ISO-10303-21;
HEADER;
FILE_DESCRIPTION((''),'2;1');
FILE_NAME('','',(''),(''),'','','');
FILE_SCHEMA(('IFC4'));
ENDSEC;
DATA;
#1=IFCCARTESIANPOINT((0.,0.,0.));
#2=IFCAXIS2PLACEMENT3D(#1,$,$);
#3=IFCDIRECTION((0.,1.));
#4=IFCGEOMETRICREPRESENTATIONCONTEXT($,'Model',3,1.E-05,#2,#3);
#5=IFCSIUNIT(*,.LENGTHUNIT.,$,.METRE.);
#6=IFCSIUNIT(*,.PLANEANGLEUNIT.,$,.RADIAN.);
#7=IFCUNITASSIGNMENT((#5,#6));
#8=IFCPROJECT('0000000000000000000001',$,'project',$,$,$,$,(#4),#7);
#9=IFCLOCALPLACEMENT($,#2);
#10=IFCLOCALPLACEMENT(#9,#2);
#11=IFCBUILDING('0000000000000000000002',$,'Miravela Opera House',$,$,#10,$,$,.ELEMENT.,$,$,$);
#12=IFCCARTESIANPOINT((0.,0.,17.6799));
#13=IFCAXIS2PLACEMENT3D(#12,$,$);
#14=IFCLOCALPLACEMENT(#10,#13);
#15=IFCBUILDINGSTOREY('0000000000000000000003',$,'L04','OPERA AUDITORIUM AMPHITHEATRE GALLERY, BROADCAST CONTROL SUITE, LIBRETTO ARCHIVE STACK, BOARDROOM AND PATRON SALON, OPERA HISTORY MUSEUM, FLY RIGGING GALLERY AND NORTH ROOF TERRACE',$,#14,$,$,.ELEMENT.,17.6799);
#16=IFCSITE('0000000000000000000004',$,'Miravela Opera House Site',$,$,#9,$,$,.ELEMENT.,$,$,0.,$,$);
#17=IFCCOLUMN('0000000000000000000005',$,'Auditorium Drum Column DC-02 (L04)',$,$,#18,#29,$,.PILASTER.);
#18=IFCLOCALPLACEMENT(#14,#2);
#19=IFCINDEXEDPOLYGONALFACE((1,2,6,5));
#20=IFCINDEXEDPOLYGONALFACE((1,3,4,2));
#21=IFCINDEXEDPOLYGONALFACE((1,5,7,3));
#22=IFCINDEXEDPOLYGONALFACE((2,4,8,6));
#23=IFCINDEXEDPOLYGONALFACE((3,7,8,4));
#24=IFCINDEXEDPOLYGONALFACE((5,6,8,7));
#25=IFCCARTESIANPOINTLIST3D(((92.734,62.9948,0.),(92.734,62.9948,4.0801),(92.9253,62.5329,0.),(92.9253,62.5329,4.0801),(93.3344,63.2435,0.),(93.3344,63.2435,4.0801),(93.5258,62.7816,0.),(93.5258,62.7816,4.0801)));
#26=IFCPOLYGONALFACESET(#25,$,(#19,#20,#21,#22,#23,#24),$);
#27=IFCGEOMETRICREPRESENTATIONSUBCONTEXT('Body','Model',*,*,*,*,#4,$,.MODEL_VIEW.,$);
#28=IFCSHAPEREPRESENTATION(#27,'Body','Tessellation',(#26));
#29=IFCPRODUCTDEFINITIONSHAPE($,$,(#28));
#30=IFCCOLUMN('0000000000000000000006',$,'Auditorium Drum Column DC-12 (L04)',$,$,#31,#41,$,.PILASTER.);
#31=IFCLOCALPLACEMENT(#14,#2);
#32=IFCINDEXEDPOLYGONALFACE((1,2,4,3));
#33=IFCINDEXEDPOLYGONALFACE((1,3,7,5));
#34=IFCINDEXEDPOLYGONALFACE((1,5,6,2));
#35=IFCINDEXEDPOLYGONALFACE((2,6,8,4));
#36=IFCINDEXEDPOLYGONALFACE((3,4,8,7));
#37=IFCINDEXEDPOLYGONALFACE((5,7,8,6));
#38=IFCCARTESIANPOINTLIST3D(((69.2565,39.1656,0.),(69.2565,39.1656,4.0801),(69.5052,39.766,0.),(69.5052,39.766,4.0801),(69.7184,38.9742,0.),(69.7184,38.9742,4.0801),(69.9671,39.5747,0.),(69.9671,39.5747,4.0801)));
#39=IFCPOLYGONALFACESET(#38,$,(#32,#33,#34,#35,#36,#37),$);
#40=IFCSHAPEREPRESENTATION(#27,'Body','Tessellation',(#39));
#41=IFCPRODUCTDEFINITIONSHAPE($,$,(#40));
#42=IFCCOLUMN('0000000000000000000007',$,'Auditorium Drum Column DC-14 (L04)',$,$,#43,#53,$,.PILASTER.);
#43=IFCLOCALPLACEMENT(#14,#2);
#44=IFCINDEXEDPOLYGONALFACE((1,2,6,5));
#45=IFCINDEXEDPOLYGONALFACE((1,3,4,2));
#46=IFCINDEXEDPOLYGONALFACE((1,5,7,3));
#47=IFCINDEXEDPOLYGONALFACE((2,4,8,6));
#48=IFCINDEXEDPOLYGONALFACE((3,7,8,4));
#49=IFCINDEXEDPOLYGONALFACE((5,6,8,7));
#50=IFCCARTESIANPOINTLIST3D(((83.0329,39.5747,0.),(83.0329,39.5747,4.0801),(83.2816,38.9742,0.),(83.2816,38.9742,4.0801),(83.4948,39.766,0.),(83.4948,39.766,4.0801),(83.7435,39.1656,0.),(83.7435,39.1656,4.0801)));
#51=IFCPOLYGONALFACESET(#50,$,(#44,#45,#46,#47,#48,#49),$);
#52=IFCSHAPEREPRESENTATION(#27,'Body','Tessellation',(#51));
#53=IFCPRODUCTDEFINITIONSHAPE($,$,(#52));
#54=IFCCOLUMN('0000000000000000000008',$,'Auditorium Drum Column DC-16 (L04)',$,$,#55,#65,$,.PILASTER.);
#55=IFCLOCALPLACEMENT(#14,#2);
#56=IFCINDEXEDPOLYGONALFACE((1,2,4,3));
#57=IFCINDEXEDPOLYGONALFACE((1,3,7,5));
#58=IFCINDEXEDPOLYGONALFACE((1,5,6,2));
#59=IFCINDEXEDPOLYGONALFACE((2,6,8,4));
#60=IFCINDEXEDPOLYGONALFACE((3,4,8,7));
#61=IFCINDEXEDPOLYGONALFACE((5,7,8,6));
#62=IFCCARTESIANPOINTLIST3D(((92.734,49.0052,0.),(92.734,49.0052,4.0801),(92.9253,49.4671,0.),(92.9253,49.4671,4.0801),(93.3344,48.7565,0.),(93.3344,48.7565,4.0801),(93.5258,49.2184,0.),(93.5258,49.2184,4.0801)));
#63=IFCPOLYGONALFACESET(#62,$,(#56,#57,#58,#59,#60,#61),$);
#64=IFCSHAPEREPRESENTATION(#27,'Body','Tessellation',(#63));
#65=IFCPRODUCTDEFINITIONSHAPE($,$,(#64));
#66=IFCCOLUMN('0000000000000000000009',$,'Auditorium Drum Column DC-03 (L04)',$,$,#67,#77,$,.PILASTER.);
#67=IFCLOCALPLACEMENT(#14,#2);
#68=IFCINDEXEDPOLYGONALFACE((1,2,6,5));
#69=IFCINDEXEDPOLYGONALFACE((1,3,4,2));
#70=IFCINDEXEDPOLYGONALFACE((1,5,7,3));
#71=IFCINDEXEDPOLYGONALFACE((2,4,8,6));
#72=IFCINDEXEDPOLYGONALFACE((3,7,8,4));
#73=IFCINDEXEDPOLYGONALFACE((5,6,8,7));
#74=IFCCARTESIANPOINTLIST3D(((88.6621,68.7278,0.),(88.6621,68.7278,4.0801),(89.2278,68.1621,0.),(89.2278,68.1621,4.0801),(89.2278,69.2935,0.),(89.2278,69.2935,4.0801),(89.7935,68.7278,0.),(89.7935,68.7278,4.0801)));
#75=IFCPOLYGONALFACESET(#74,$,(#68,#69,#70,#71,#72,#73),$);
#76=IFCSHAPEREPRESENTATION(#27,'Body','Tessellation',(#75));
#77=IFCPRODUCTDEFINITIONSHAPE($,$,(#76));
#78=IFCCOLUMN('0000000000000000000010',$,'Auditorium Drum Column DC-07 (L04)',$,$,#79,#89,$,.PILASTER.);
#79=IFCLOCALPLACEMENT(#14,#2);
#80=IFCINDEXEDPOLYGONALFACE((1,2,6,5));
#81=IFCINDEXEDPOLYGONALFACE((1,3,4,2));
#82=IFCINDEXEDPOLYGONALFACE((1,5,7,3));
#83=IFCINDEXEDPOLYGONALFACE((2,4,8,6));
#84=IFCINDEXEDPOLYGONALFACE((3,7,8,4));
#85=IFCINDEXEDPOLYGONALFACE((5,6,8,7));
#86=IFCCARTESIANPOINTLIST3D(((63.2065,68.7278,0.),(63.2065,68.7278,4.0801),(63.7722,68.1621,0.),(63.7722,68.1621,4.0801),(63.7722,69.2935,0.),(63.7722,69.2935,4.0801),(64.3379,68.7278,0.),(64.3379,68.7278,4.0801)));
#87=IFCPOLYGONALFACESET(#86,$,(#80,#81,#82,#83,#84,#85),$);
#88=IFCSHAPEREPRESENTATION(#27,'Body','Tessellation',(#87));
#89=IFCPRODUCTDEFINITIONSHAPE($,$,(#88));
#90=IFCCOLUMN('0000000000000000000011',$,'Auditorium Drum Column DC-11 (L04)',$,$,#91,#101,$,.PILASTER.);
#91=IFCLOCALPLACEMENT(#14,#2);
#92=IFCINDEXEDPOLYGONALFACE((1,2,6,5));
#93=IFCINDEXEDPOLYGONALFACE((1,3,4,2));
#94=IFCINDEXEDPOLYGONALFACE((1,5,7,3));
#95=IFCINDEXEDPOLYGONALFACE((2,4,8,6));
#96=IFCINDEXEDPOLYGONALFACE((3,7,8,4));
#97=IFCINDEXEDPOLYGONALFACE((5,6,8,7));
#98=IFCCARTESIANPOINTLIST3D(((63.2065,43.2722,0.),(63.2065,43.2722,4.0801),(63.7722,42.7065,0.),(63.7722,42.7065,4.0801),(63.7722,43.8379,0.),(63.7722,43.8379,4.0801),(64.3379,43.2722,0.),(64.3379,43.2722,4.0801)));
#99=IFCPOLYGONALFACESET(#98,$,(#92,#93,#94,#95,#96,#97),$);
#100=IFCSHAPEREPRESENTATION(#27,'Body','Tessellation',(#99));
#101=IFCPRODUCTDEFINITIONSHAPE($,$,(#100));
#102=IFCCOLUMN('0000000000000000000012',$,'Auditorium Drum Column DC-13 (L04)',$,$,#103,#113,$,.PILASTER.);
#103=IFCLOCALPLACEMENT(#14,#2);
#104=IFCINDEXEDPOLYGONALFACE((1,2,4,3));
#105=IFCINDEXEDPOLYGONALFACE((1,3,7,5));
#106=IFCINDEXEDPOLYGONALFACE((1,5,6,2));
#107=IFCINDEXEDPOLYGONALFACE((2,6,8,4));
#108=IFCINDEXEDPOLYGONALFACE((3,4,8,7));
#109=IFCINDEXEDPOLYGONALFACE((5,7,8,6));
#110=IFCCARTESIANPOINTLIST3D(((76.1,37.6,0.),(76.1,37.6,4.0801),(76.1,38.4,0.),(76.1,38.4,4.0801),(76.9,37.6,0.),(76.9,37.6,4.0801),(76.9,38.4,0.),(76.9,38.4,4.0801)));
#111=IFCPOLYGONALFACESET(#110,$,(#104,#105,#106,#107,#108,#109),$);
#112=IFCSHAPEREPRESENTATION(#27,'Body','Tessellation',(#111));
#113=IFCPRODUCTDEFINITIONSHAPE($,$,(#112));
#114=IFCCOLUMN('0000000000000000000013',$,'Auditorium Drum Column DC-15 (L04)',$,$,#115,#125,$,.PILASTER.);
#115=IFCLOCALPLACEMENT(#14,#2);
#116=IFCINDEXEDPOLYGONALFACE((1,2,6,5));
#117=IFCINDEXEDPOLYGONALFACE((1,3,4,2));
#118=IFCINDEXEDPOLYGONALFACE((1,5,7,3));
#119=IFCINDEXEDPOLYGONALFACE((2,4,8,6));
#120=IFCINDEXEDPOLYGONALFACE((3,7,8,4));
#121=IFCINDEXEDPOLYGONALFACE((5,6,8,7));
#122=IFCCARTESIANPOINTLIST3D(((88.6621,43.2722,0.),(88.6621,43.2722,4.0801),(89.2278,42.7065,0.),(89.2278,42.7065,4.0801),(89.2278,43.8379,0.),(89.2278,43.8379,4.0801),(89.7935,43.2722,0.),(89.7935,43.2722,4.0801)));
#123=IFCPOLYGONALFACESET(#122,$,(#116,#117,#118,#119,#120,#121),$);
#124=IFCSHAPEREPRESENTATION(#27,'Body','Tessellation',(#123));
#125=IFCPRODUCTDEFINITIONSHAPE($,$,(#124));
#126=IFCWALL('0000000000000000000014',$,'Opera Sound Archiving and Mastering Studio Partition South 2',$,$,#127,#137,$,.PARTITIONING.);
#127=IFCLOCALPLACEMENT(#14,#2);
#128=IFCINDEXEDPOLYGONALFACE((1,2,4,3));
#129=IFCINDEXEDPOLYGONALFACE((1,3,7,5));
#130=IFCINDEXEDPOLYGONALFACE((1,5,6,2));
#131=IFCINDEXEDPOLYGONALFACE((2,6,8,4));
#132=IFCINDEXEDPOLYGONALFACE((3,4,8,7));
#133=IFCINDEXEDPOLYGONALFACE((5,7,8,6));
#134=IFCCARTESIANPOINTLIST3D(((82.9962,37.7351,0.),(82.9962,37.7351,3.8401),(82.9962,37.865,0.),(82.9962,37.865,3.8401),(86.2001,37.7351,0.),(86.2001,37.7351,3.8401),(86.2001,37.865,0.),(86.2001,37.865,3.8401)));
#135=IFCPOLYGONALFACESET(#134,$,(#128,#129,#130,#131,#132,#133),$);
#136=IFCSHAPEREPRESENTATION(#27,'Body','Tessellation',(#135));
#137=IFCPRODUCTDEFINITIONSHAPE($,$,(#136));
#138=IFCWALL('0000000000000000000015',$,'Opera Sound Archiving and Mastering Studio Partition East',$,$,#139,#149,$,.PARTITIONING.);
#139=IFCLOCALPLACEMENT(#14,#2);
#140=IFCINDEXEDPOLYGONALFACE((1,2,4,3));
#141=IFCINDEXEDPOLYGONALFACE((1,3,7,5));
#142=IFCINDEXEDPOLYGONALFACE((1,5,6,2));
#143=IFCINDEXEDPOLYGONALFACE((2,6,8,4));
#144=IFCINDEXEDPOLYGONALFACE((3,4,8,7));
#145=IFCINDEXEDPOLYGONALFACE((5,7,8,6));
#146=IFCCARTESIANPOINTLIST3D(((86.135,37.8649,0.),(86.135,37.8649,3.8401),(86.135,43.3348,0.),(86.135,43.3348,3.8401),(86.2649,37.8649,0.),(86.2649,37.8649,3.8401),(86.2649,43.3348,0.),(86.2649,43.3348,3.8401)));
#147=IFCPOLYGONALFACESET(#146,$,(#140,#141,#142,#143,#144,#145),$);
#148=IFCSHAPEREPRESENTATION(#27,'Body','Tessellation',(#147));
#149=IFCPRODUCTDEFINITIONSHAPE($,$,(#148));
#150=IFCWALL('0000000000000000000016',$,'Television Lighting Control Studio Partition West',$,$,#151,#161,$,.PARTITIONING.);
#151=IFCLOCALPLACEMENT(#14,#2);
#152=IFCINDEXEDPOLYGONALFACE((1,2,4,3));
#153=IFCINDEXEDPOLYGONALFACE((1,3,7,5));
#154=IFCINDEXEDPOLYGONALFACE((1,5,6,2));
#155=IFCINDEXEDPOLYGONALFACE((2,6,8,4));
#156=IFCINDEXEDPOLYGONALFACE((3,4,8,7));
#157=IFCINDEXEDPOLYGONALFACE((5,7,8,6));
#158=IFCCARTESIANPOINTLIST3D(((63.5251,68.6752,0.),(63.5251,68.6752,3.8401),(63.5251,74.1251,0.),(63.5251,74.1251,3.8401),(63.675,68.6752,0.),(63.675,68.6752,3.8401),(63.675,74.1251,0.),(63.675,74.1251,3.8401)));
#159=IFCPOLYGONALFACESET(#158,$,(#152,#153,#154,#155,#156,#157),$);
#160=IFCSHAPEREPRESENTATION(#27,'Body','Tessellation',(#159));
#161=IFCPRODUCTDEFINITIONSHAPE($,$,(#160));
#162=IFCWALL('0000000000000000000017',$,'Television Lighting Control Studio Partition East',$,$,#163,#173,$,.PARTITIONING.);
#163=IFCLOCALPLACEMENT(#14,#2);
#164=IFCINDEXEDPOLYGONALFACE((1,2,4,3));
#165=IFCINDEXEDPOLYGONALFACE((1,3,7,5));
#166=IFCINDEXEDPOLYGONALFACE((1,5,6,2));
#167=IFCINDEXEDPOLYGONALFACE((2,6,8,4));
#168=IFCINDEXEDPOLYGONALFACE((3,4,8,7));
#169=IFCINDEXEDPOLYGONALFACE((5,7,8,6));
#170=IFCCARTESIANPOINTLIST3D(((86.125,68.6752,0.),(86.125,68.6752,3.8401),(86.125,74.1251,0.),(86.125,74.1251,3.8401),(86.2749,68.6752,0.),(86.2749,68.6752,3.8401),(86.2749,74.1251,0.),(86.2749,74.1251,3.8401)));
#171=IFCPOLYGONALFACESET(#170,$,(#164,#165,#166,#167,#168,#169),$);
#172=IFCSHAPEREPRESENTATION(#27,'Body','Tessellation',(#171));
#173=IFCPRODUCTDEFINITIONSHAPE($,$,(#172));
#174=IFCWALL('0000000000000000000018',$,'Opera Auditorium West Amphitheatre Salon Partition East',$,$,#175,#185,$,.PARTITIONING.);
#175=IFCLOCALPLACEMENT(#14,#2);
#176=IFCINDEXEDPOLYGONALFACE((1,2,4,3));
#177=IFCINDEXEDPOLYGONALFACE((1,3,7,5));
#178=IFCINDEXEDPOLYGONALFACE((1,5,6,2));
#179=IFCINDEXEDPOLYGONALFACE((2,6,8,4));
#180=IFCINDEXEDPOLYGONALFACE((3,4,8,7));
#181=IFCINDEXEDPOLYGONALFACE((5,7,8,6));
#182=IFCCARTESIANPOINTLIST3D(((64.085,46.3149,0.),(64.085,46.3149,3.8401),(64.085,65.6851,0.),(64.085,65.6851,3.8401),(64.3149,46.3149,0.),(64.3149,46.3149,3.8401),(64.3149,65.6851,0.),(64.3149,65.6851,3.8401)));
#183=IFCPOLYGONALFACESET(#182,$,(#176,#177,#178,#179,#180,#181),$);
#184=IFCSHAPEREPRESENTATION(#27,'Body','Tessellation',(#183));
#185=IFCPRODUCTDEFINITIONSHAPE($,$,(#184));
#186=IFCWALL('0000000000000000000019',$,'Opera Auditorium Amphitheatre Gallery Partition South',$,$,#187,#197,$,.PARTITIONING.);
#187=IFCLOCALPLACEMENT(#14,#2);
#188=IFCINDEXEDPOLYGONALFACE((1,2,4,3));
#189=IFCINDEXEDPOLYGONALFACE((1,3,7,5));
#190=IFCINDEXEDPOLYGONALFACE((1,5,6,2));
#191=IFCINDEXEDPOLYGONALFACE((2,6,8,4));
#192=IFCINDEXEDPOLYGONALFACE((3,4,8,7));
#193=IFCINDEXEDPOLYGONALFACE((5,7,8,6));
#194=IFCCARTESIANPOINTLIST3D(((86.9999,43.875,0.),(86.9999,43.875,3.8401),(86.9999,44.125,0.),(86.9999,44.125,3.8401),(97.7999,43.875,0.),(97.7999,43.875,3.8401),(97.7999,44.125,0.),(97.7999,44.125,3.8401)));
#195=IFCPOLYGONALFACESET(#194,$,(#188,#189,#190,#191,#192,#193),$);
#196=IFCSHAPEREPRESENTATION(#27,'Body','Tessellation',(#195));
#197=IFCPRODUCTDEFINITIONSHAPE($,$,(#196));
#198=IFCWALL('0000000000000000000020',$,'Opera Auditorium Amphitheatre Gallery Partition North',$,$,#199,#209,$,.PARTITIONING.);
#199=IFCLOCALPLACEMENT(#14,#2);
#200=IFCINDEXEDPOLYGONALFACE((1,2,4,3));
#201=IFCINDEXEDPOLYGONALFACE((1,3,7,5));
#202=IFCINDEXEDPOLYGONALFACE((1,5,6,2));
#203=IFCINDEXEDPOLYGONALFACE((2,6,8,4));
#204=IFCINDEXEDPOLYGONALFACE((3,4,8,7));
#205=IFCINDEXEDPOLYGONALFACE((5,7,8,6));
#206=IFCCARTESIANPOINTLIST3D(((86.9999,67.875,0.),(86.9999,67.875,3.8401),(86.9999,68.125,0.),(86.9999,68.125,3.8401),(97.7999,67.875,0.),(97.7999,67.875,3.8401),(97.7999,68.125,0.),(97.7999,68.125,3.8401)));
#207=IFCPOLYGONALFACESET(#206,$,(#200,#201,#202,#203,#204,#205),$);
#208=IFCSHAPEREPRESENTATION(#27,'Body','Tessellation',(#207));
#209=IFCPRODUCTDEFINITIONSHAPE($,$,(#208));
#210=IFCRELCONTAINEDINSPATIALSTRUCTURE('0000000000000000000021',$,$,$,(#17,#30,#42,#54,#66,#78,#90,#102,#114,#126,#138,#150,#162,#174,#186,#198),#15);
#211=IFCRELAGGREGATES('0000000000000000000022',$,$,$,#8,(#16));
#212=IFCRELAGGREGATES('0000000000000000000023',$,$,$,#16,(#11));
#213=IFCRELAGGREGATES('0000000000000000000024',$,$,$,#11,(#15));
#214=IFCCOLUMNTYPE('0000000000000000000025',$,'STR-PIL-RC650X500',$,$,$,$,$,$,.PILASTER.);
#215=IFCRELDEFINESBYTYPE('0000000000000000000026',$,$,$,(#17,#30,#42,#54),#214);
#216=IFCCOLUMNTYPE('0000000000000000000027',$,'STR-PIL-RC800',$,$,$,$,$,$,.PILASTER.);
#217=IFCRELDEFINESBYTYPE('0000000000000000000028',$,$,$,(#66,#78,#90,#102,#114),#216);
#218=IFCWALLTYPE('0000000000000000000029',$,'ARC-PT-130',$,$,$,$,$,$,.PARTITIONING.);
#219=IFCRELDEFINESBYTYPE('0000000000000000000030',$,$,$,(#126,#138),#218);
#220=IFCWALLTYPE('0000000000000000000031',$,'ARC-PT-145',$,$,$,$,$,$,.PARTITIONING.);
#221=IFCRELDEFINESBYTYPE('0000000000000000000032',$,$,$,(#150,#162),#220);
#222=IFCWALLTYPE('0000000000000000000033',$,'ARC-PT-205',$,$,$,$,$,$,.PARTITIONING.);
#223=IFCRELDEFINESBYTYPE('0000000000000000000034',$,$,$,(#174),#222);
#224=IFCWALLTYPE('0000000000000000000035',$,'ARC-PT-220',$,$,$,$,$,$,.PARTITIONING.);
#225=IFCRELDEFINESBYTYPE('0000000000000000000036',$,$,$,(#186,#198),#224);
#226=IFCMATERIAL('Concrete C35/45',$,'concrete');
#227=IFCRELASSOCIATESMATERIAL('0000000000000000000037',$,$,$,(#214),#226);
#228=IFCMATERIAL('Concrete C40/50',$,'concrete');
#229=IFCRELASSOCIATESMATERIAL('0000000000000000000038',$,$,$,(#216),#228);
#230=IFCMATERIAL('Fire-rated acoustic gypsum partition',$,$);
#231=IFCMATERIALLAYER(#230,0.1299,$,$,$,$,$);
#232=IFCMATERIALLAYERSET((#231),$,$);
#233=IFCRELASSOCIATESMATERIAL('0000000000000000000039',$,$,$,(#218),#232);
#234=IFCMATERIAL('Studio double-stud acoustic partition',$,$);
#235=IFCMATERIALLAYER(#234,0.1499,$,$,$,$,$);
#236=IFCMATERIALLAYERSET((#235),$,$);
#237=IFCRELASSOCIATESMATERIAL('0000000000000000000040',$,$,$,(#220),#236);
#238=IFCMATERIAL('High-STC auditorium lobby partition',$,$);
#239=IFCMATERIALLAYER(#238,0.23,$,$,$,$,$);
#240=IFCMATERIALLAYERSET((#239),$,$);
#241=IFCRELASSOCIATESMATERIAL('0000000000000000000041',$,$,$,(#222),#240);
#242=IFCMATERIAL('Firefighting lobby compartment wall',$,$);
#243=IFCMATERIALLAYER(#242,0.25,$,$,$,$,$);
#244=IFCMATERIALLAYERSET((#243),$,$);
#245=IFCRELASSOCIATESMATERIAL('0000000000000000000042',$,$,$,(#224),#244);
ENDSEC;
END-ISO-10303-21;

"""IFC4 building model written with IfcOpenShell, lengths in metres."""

from ifc_helpers import new_model, si_unit, direction, frame, frame_2d, origin, origin_2d, place, context, subcontext, project, spatial, rectangle, extrude, material, layer, layer_set, material_profile, profile_set, type_object, element, save


model = new_model("IFC4")

# Units and contexts
model_context = context("Model", 3, precision=1e-05, world=origin(), true_north=direction((0.0, 1.0)))
body_context = subcontext(model_context, "Body", "Model", "MODEL_VIEW")
ifc_project = project(units=[si_unit("LENGTHUNIT", "METRE"), si_unit("PLANEANGLEUNIT", "RADIAN")], contexts=[model_context])

# Site, building, storey
site_placement = place(None, origin())
site = spatial("IfcSite", under=ifc_project, at=site_placement, Name="Miravela Opera House Site", CompositionType="ELEMENT", RefElevation=0.0)
building_placement = place(site_placement, origin())
building = spatial("IfcBuilding", under=site, at=building_placement, Name="Miravela Opera House", CompositionType="ELEMENT")
storey_placement = place(building_placement, frame((0.0, 0.0, 17.6799)))
storey = spatial("IfcBuildingStorey", under=building, at=storey_placement, Name="L04", Description="OPERA AUDITORIUM AMPHITHEATRE GALLERY, BROADCAST CONTROL SUITE, LIBRETTO ARCHIVE STACK, BOARDROOM AND PATRON SALON, OPERA HISTORY MUSEUM, FLY RIGGING GALLERY AND NORTH ROOF TERRACE", CompositionType="ELEMENT", Elevation=17.6799)

# Columns
ifc_material_1 = material(Name="Concrete C35/45", Category="concrete")
ifc_material_profile_1 = material_profile(ifc_material_1, rectangle(XDim=0.6499, YDim=0.5, at=origin_2d()), Name="RC-PIL-650X500")
ifc_profile_set_1 = profile_set([ifc_material_profile_1])
column_type_1 = type_object("IfcColumnType", Name="STR-PIL-RC650X500", PredefinedType="PILASTER", material=ifc_profile_set_1)
for number, where, z_axis, x_axis, name in (
    (1, (93.1299, 62.8882, 0.0), (0.0, 0.0, 1.0), (0.92388, 0.382683, 0.0), "Auditorium Drum Column DC-02 (L04)"),
    (2, (69.6118, 39.3701, 0.0), (0.0, 0.0, 1.0), (-0.382683, -0.92388, 0.0), "Auditorium Drum Column DC-12 (L04)"),
    (3, (83.3882, 39.3701, 0.0), (0.0, 0.0, 1.0), (0.382683, -0.92388, 0.0), "Auditorium Drum Column DC-14 (L04)"),
    (4, (93.1299, 49.1118, 0.0), (0.0, 0.0, 1.0), (0.92388, -0.382683, 0.0), "Auditorium Drum Column DC-16 (L04)"),
):
    element("IfcColumn", number, at=place(storey_placement, frame(where, z_axis=z_axis, x_axis=x_axis)), inside=storey, type_object=column_type_1, Name=name, PredefinedType="PILASTER", context=body_context, shape_type="SweptSolid", body=[
        extrude(rectangle(XDim=0.6499, YDim=0.5, at=origin_2d()), origin(), (0.0, 0.0, 1.0), 4.0801),
    ])
ifc_material_2 = material(Name="Concrete C40/50", Category="concrete")
ifc_material_profile_2 = material_profile(ifc_material_2, rectangle(XDim=0.8, YDim=0.8, at=origin_2d()), Name="RC-COL-800X800")
ifc_profile_set_2 = profile_set([ifc_material_profile_2])
column_type_2 = type_object("IfcColumnType", Name="STR-PIL-RC800", PredefinedType="PILASTER", material=ifc_profile_set_2)
for number, where, z_axis, x_axis, name in (
    (5, (89.2278, 68.7278, 0.0), (0.0, 0.0, 1.0), (0.707107, 0.707107, 0.0), "Auditorium Drum Column DC-03 (L04)"),
    (6, (63.7722, 68.7278, 0.0), (0.0, 0.0, 1.0), (-0.707107, 0.707107, 0.0), "Auditorium Drum Column DC-07 (L04)"),
    (7, (63.7722, 43.2722, 0.0), (0.0, 0.0, 1.0), (-0.707107, -0.707107, 0.0), "Auditorium Drum Column DC-11 (L04)"),
    (8, (76.5, 38.0, 0.0), (0.0, 0.0, 1.0), (0.0, -1.0, 0.0), "Auditorium Drum Column DC-13 (L04)"),
    (9, (89.2278, 43.2722, 0.0), (0.0, 0.0, 1.0), (0.707107, -0.707107, 0.0), "Auditorium Drum Column DC-15 (L04)"),
):
    element("IfcColumn", number, at=place(storey_placement, frame(where, z_axis=z_axis, x_axis=x_axis)), inside=storey, type_object=column_type_2, Name=name, PredefinedType="PILASTER", context=body_context, shape_type="SweptSolid", body=[
        extrude(rectangle(XDim=0.8, YDim=0.8, at=origin_2d()), origin(), (0.0, 0.0, 1.0), 4.0801),
    ])

# Walls
ifc_material_3 = material(Name="Fire-rated acoustic gypsum partition")
ifc_layer_1 = layer(ifc_material_3, 0.1299)
ifc_layer_set_1 = layer_set([ifc_layer_1])
wall_type_1 = type_object("IfcWallType", Name="ARC-PT-130", PredefinedType="PARTITIONING", material=ifc_layer_set_1)
wall_1_placement = place(storey_placement, frame((82.9961, 37.8, 0.0), z_axis=(0.0, 0.0, 1.0), x_axis=(1.0, 0.0, 0.0)))
element("IfcWall", 10, at=wall_1_placement, inside=storey, type_object=wall_type_1, Name="Opera Sound Archiving and Mastering Studio Partition South 2", PredefinedType="PARTITIONING", context=body_context, shape_type="SweptSolid", body=[
    extrude(rectangle(XDim=3.2039, YDim=0.1299, at=frame_2d((1.6021, 0.0))), origin(), (0.0, 0.0, 1.0), 3.8401),
])
wall_2_placement = place(storey_placement, frame((86.2, 37.865, 0.0), z_axis=(0.0, 0.0, 1.0), x_axis=(0.0, 1.0, 0.0)))
element("IfcWall", 11, at=wall_2_placement, inside=storey, type_object=wall_type_1, Name="Opera Sound Archiving and Mastering Studio Partition East", PredefinedType="PARTITIONING", context=body_context, shape_type="SweptSolid", body=[
    extrude(rectangle(XDim=5.47, YDim=0.1299, at=frame_2d((2.7349, 0.0))), origin(), (0.0, 0.0, 1.0), 3.8401),
])
ifc_material_4 = material(Name="Studio double-stud acoustic partition")
ifc_layer_2 = layer(ifc_material_4, 0.1499)
ifc_layer_set_2 = layer_set([ifc_layer_2])
wall_type_2 = type_object("IfcWallType", Name="ARC-PT-145", PredefinedType="PARTITIONING", material=ifc_layer_set_2)
for number, where, z_axis, x_axis, name in (
    (12, (63.6001, 68.675, 0.0), (0.0, 0.0, 1.0), (0.0, 1.0, 0.0), "Television Lighting Control Studio Partition West"),
    (13, (86.2, 68.675, 0.0), (0.0, 0.0, 1.0), (0.0, 1.0, 0.0), "Television Lighting Control Studio Partition East"),
):
    element("IfcWall", number, at=place(storey_placement, frame(where, z_axis=z_axis, x_axis=x_axis)), inside=storey, type_object=wall_type_2, Name=name, PredefinedType="PARTITIONING", context=body_context, shape_type="SweptSolid", body=[
        extrude(rectangle(XDim=5.45, YDim=0.1499, at=frame_2d((2.7251, 0.0))), origin(), (0.0, 0.0, 1.0), 3.8401),
    ])
ifc_material_5 = material(Name="High-STC auditorium lobby partition")
ifc_layer_3 = layer(ifc_material_5, 0.23)
ifc_layer_set_3 = layer_set([ifc_layer_3])
wall_type_3 = type_object("IfcWallType", Name="ARC-PT-205", PredefinedType="PARTITIONING", material=ifc_layer_set_3)
wall_3_placement = place(storey_placement, frame((64.2, 46.3149, 0.0), z_axis=(0.0, 0.0, 1.0), x_axis=(0.0, 1.0, 0.0)))
element("IfcWall", 14, at=wall_3_placement, inside=storey, type_object=wall_type_3, Name="Opera Auditorium West Amphitheatre Salon Partition East", PredefinedType="PARTITIONING", context=body_context, shape_type="SweptSolid", body=[
    extrude(rectangle(XDim=19.3701, YDim=0.23, at=frame_2d((9.6851, 0.0))), origin(), (0.0, 0.0, 1.0), 3.8401),
])
ifc_material_6 = material(Name="Firefighting lobby compartment wall")
ifc_layer_4 = layer(ifc_material_6, 0.25)
ifc_layer_set_4 = layer_set([ifc_layer_4])
wall_type_4 = type_object("IfcWallType", Name="ARC-PT-220", PredefinedType="PARTITIONING", material=ifc_layer_set_4)
for number, where, z_axis, x_axis, name in (
    (15, (87.0, 44.0, 0.0), (0.0, 0.0, 1.0), (1.0, 0.0, 0.0), "Opera Auditorium Amphitheatre Gallery Partition South"),
    (16, (87.0, 68.0, 0.0), (0.0, 0.0, 1.0), (1.0, 0.0, 0.0), "Opera Auditorium Amphitheatre Gallery Partition North"),
):
    element("IfcWall", number, at=place(storey_placement, frame(where, z_axis=z_axis, x_axis=x_axis)), inside=storey, type_object=wall_type_4, Name=name, PredefinedType="PARTITIONING", context=body_context, shape_type="SweptSolid", body=[
        extrude(rectangle(XDim=10.8, YDim=0.25, at=frame_2d((5.3999, 0.0))), origin(), (0.0, 0.0, 1.0), 3.8401),
    ])

save(model, "model.ifc")
